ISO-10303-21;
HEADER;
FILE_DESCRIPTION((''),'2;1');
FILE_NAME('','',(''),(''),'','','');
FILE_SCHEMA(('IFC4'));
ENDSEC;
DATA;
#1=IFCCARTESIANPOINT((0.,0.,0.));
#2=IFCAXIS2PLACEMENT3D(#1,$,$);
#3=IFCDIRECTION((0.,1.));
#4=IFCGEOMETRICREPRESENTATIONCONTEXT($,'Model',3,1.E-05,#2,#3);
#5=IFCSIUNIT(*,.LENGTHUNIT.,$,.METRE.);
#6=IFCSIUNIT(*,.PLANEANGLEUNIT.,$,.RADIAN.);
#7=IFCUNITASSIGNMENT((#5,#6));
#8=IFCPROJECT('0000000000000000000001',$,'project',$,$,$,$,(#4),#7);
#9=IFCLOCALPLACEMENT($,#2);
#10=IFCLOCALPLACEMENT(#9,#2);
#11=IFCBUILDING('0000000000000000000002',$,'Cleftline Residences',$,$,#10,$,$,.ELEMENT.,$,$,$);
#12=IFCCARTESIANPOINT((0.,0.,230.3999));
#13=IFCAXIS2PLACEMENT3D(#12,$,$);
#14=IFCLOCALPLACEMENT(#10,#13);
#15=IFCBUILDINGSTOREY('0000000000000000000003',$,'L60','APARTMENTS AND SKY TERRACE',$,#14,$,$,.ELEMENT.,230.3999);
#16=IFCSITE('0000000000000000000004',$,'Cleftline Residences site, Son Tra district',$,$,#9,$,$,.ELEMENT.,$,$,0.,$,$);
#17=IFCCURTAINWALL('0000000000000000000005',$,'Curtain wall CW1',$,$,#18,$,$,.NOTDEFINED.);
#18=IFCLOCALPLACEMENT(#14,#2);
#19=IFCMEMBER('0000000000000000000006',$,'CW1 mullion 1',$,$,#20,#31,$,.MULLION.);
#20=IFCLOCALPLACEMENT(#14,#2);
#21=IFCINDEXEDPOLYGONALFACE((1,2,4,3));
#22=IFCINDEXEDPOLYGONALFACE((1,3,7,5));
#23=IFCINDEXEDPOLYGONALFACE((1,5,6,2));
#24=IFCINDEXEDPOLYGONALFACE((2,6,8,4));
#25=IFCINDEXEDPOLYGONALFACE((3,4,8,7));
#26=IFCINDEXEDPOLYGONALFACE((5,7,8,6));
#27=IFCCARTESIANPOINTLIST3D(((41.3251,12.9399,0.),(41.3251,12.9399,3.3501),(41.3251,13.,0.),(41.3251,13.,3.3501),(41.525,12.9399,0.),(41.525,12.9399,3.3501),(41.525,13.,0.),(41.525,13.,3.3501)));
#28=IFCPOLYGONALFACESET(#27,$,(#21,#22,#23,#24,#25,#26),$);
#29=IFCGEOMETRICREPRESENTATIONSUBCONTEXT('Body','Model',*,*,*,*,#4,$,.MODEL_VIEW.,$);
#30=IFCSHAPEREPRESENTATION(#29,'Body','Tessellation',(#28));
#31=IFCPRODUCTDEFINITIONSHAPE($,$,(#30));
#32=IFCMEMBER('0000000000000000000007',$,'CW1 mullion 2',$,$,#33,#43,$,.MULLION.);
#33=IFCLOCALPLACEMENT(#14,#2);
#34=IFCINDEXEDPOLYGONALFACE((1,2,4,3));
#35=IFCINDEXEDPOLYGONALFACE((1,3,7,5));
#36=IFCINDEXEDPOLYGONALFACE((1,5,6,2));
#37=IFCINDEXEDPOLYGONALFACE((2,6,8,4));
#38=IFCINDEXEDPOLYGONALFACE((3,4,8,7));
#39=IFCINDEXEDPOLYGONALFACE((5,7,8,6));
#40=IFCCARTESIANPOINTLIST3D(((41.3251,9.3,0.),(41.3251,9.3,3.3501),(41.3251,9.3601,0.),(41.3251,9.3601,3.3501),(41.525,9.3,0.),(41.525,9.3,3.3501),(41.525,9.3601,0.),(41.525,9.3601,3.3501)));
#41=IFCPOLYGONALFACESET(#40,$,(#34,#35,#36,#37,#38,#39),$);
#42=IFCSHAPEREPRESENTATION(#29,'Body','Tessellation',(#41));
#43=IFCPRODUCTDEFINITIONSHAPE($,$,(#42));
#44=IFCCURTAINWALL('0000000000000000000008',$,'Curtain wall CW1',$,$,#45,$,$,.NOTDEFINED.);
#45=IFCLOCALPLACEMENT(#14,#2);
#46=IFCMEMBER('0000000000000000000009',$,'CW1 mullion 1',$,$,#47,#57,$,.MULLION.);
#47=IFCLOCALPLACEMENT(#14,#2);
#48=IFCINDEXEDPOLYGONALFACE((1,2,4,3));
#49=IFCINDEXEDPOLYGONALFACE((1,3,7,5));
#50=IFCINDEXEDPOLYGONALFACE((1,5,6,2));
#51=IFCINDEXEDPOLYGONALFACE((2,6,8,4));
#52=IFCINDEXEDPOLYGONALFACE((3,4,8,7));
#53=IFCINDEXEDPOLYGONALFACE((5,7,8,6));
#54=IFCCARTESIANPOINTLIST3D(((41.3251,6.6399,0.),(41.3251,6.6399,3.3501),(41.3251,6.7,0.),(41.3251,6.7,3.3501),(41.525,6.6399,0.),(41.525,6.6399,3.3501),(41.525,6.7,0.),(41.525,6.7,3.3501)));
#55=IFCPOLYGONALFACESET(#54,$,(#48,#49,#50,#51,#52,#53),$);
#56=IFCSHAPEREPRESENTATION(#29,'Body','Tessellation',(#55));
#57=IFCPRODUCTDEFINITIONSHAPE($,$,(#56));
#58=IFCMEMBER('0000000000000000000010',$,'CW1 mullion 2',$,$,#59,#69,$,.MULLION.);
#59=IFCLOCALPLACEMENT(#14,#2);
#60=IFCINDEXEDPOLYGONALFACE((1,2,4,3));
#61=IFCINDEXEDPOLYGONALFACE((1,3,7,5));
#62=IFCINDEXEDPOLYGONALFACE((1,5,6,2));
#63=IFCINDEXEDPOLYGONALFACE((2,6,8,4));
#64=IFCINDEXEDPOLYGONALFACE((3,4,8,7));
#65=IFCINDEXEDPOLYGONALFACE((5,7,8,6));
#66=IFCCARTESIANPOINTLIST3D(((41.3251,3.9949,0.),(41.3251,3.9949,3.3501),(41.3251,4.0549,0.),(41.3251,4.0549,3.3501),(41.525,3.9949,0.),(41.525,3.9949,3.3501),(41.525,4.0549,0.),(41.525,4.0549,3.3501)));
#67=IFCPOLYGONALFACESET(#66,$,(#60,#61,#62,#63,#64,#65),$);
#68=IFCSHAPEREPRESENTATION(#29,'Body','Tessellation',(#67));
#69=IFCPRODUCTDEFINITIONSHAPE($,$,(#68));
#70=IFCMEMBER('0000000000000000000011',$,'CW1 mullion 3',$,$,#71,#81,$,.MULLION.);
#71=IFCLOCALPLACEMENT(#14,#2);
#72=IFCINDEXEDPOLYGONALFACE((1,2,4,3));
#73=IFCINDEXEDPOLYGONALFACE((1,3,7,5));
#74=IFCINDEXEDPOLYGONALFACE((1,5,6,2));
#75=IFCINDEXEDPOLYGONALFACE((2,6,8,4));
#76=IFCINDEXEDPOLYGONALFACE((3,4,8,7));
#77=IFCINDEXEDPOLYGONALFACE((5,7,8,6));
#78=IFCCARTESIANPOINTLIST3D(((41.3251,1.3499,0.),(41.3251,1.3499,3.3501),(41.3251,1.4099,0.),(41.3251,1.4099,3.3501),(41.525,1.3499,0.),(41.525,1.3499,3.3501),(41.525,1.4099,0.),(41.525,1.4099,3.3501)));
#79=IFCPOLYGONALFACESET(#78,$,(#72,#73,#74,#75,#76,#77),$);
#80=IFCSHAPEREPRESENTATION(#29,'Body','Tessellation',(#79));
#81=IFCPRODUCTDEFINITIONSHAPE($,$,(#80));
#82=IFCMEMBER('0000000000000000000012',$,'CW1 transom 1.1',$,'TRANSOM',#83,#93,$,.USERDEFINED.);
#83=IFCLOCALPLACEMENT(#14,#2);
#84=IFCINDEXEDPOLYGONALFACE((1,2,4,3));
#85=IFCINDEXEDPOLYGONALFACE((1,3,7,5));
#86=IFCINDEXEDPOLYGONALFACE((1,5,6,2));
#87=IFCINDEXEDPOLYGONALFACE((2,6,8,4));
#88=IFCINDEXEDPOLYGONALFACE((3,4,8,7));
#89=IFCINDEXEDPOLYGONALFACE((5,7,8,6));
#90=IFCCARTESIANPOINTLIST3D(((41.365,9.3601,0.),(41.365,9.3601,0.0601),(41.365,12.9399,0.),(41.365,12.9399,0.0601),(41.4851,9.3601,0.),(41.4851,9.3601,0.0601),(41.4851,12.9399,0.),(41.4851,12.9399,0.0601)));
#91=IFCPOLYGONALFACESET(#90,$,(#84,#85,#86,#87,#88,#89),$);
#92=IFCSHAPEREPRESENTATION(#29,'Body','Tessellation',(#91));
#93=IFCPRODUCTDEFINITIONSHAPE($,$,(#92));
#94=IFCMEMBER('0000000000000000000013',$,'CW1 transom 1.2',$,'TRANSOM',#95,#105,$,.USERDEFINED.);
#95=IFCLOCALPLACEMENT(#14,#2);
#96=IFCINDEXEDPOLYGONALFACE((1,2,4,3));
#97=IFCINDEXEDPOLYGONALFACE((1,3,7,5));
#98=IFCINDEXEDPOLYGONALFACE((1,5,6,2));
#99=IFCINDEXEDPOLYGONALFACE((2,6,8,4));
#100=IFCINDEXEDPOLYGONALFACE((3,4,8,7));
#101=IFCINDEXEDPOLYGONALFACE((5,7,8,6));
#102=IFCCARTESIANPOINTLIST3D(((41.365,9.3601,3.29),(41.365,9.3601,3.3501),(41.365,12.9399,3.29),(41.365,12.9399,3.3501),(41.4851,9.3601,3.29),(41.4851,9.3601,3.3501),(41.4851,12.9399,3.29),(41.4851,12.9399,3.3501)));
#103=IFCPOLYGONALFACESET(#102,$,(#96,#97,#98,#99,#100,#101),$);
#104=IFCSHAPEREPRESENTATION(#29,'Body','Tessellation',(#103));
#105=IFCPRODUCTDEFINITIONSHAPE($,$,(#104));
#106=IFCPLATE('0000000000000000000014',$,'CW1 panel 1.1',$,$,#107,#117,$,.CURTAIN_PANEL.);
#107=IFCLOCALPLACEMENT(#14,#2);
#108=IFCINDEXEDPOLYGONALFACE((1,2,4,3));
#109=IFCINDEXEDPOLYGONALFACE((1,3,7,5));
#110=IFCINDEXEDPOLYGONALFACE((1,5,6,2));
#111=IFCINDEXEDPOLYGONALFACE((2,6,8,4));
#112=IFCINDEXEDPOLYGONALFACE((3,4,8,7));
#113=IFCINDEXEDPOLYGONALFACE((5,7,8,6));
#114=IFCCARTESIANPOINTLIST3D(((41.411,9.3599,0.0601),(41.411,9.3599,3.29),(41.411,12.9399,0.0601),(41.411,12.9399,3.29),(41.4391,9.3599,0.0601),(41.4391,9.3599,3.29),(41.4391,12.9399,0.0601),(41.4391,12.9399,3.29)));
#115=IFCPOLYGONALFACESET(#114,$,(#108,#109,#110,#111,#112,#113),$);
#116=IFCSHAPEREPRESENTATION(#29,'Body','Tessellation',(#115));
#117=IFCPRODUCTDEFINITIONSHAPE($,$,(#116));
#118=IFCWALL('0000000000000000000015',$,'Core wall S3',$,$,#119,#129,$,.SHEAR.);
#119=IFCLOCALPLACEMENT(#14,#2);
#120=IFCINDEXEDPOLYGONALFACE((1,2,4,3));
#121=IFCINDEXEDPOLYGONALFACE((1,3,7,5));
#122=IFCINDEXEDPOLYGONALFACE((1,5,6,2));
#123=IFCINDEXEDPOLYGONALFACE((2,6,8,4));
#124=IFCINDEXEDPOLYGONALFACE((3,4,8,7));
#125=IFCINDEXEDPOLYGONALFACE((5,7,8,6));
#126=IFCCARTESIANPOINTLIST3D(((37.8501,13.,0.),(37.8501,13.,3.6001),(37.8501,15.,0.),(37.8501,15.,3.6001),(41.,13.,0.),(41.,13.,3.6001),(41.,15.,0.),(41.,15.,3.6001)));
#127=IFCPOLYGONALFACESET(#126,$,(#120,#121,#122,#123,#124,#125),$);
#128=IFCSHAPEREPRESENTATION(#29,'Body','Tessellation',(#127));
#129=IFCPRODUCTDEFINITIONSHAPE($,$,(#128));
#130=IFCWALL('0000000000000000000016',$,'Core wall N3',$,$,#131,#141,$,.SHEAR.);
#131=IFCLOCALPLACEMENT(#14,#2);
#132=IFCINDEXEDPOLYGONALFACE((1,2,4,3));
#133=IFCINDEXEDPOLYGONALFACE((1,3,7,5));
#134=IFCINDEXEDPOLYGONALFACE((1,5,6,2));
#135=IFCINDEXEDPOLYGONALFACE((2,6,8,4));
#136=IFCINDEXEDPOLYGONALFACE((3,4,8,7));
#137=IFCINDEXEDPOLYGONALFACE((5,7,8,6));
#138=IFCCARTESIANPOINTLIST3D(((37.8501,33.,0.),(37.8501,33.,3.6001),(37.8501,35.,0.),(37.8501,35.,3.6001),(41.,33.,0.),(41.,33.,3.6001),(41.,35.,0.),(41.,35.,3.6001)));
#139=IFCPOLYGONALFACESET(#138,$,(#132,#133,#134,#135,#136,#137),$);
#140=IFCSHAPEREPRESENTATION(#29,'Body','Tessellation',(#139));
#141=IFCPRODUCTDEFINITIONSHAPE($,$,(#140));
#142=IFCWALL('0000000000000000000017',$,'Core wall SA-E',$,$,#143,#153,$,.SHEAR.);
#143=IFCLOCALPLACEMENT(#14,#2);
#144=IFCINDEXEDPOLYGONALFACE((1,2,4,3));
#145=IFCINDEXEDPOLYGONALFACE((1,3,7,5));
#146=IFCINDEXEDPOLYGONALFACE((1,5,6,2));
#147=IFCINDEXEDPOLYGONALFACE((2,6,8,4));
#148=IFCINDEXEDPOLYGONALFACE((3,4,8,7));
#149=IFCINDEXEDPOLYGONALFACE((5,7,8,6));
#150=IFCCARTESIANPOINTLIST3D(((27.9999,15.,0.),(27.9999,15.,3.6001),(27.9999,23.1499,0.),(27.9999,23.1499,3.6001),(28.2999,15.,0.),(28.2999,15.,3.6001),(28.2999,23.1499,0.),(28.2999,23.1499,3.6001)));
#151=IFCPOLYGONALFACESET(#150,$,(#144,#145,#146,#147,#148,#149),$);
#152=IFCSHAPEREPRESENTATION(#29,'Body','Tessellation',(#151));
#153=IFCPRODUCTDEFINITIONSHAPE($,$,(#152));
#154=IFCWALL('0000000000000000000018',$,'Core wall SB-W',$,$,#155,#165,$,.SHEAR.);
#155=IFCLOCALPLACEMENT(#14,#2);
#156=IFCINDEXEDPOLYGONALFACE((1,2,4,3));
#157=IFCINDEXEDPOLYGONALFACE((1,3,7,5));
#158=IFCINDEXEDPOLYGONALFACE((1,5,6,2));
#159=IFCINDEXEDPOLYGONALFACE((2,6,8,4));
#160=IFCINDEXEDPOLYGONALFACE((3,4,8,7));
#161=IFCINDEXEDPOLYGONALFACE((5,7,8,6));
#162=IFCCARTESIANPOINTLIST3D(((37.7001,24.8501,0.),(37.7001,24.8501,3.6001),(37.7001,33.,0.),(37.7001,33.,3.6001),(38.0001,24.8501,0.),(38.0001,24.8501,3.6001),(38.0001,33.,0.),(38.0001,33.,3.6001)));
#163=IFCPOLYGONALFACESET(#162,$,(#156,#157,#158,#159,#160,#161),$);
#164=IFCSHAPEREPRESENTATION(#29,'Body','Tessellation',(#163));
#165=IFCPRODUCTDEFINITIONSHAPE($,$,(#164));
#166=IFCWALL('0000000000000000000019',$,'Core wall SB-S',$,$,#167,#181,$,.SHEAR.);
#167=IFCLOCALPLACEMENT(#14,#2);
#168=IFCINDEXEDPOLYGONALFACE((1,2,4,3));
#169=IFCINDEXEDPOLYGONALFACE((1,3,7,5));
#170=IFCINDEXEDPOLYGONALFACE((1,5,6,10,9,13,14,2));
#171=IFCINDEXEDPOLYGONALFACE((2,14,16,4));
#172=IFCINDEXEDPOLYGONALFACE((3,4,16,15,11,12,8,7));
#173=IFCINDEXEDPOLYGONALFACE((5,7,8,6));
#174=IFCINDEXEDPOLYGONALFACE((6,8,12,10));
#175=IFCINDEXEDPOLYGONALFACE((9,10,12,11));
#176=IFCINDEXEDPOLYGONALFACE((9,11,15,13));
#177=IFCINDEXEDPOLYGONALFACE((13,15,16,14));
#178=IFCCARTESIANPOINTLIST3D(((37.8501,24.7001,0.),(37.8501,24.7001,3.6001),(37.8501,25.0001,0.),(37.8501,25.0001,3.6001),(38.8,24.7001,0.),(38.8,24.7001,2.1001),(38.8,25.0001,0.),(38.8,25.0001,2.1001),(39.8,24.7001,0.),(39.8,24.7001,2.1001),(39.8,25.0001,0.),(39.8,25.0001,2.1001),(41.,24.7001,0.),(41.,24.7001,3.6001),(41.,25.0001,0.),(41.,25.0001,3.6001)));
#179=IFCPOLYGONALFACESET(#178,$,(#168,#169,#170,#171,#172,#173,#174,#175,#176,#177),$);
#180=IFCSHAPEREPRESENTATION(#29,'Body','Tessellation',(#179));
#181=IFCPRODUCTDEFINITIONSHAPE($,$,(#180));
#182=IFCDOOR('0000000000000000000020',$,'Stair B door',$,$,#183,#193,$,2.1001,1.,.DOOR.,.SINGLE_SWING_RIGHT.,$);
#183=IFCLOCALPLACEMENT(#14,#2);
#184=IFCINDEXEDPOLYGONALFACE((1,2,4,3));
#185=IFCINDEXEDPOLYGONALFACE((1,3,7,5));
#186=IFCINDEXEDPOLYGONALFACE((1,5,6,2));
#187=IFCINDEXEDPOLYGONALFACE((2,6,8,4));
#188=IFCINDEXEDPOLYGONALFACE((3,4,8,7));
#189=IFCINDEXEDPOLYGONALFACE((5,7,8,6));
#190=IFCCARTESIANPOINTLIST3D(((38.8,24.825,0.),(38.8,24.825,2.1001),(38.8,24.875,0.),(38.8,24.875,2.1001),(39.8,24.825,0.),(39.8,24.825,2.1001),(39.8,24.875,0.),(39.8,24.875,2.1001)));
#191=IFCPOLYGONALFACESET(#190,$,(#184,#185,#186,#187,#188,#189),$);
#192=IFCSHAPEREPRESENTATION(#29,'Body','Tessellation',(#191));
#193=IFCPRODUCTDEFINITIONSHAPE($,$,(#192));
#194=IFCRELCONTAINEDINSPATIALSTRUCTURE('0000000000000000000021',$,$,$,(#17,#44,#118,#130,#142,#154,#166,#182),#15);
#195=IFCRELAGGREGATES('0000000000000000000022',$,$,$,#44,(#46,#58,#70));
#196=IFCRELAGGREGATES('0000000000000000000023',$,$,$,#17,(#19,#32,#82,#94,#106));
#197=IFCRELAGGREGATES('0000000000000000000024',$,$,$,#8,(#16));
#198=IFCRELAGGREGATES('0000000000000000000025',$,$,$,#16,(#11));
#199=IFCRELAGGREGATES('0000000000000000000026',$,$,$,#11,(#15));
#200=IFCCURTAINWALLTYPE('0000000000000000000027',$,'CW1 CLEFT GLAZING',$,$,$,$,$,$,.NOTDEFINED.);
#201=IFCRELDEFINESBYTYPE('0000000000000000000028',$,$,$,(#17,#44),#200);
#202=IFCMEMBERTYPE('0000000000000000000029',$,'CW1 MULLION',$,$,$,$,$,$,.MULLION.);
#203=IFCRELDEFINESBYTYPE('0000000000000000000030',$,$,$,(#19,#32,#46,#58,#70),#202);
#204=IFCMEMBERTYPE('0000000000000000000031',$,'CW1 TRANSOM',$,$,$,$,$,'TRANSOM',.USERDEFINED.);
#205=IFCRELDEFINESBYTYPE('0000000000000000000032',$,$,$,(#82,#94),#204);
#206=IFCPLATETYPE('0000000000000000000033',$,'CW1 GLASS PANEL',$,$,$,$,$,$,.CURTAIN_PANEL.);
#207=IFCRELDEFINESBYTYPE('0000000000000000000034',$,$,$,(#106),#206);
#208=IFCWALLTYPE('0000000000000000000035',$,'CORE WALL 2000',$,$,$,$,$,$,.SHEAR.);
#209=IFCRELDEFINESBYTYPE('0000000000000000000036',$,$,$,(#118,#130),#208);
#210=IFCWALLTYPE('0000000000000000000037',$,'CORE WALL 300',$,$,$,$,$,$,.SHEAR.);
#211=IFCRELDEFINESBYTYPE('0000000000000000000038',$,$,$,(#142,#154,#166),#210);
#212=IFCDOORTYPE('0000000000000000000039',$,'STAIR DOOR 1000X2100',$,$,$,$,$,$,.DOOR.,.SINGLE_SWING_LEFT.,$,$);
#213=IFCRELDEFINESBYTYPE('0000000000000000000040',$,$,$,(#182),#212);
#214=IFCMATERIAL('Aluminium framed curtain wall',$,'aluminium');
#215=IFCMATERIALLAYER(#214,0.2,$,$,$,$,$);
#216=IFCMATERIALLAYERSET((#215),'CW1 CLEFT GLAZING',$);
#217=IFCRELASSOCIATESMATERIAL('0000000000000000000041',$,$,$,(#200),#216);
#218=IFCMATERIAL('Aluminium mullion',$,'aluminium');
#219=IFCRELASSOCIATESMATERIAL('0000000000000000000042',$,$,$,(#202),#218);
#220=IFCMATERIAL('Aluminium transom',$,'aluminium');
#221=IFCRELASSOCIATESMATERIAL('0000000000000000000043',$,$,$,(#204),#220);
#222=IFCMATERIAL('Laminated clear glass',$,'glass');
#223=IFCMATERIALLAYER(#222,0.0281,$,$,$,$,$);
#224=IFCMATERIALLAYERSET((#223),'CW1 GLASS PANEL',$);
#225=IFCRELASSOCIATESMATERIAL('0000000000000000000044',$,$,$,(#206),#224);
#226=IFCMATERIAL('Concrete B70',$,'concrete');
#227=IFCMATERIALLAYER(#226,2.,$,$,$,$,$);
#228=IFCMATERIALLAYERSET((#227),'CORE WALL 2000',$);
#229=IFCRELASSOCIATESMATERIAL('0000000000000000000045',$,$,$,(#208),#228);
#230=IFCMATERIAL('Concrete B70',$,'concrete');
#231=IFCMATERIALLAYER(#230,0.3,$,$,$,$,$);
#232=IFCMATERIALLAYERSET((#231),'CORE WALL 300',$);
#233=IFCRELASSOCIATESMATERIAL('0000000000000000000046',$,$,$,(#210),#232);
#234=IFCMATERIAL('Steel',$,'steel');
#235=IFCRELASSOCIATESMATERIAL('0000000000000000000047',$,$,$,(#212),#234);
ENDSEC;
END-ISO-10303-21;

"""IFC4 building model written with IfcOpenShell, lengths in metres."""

from ifc_helpers import new_model, si_unit, direction, frame, frame_2d, origin, origin_2d, place, context, subcontext, project, spatial, rectangle, extrude, material, layer, layer_set, material_profile, profile_set, type_object, element, fill, aggregate, save


model = new_model("IFC4")

# Units and contexts
model_context = context("Model", 3, precision=1e-05, world=origin(), true_north=direction((0.0, 1.0)))
body_context = subcontext(model_context, "Body", "Model", "MODEL_VIEW")
ifc_project = project(units=[si_unit("LENGTHUNIT", "METRE"), si_unit("PLANEANGLEUNIT", "RADIAN")], contexts=[model_context])

# Site, building, storey
site_placement = place(None, origin())
site = spatial("IfcSite", under=ifc_project, at=site_placement, Name="Cleftline Residences site, Son Tra district", CompositionType="ELEMENT", RefElevation=0.0)
building_placement = place(site_placement, origin())
building = spatial("IfcBuilding", under=site, at=building_placement, Name="Cleftline Residences", CompositionType="ELEMENT")
storey_placement = place(building_placement, frame((0.0, 0.0, 230.3999)))
storey = spatial("IfcBuildingStorey", under=building, at=storey_placement, Name="L60", Description="APARTMENTS AND SKY TERRACE", CompositionType="ELEMENT", Elevation=230.3999)

# Curtain walls, members
ifc_material_1 = material(Name="Aluminium framed curtain wall", Category="aluminium")
ifc_layer_1 = layer(ifc_material_1, 0.2)
ifc_layer_set_1 = layer_set([ifc_layer_1], Name="CW1 CLEFT GLAZING")
curtain_wall_type = type_object("IfcCurtainWallType", Name="CW1 CLEFT GLAZING", PredefinedType="NOTDEFINED", material=ifc_layer_set_1)
curtain_wall_1_placement = place(storey_placement, origin())
curtain_wall_1 = element("IfcCurtainWall", 1, at=curtain_wall_1_placement, inside=storey, type_object=curtain_wall_type, Name="Curtain wall CW1", PredefinedType="NOTDEFINED")
ifc_material_2 = material(Name="Aluminium mullion", Category="aluminium")
ifc_material_profile_1 = material_profile(ifc_material_2, rectangle(XDim=0.2, YDim=0.0601, at=origin_2d()))
ifc_profile_set_1 = profile_set([ifc_material_profile_1], Name="Aluminium mullion")
member_type_1 = type_object("IfcMemberType", Name="CW1 MULLION", PredefinedType="MULLION", material=ifc_profile_set_1)
member_1_placement = place(storey_placement, frame((41.425, 12.97, 0.0), z_axis=(0.0, 0.0, 1.0), x_axis=(1.0, 0.0, 0.0)))
member_1 = element("IfcMember", 2, at=member_1_placement, type_object=member_type_1, Name="CW1 mullion 1", PredefinedType="MULLION", context=body_context, shape_type="SweptSolid", body=[
    extrude(rectangle(XDim=0.2, YDim=0.0601, at=origin_2d()), origin(), (0.0, 0.0, 1.0), 3.3501),
])
member_2_placement = place(storey_placement, frame((41.425, 9.3301, 0.0), z_axis=(0.0, 0.0, 1.0), x_axis=(1.0, 0.0, 0.0)))
member_2 = element("IfcMember", 3, at=member_2_placement, type_object=member_type_1, Name="CW1 mullion 2", PredefinedType="MULLION", context=body_context, shape_type="SweptSolid", body=[
    extrude(rectangle(XDim=0.2, YDim=0.0601, at=origin_2d()), origin(), (0.0, 0.0, 1.0), 3.3501),
])
curtain_wall_2_placement = place(storey_placement, origin())
curtain_wall_2 = element("IfcCurtainWall", 4, at=curtain_wall_2_placement, inside=storey, type_object=curtain_wall_type, Name="Curtain wall CW1", PredefinedType="NOTDEFINED")
member_3_placement = place(storey_placement, frame((41.425, 6.6699, 0.0), z_axis=(0.0, 0.0, 1.0), x_axis=(1.0, 0.0, 0.0)))
member_3 = element("IfcMember", 5, at=member_3_placement, type_object=member_type_1, Name="CW1 mullion 1", PredefinedType="MULLION", context=body_context, shape_type="SweptSolid", body=[
    extrude(rectangle(XDim=0.2, YDim=0.0601, at=origin_2d()), origin(), (0.0, 0.0, 1.0), 3.3501),
])
member_4_placement = place(storey_placement, frame((41.425, 4.0249, 0.0), z_axis=(0.0, 0.0, 1.0), x_axis=(1.0, 0.0, 0.0)))
member_4 = element("IfcMember", 6, at=member_4_placement, type_object=member_type_1, Name="CW1 mullion 2", PredefinedType="MULLION", context=body_context, shape_type="SweptSolid", body=[
    extrude(rectangle(XDim=0.2, YDim=0.0601, at=origin_2d()), origin(), (0.0, 0.0, 1.0), 3.3501),
])
member_5_placement = place(storey_placement, frame((41.425, 1.3799, 0.0), z_axis=(0.0, 0.0, 1.0), x_axis=(1.0, 0.0, 0.0)))
member_5 = element("IfcMember", 7, at=member_5_placement, type_object=member_type_1, Name="CW1 mullion 3", PredefinedType="MULLION", context=body_context, shape_type="SweptSolid", body=[
    extrude(rectangle(XDim=0.2, YDim=0.0601, at=origin_2d()), origin(), (0.0, 0.0, 1.0), 3.3501),
])
aggregate(curtain_wall_2, [member_3, member_4, member_5])

# Members
ifc_material_3 = material(Name="Aluminium transom", Category="aluminium")
ifc_material_profile_2 = material_profile(ifc_material_3, rectangle(XDim=0.1201, YDim=0.0601, at=origin_2d()))
ifc_profile_set_2 = profile_set([ifc_material_profile_2], Name="Aluminium transom")
member_type_2 = type_object("IfcMemberType", Name="CW1 TRANSOM", ElementType="TRANSOM", PredefinedType="USERDEFINED", material=ifc_profile_set_2)
member_6_placement = place(storey_placement, frame((41.425, 12.9399, 0.03), z_axis=(0.0, -1.0, 0.0), x_axis=(1.0, 0.0, 0.0)))
member_6 = element("IfcMember", 8, at=member_6_placement, type_object=member_type_2, Name="CW1 transom 1.1", ObjectType="TRANSOM", PredefinedType="USERDEFINED", context=body_context, shape_type="SweptSolid", body=[
    extrude(rectangle(XDim=0.1201, YDim=0.0601, at=origin_2d()), origin(), (0.0, 0.0, 1.0), 3.5798),
])
member_7_placement = place(storey_placement, frame((41.425, 12.9399, 3.3201), z_axis=(0.0, -1.0, 0.0), x_axis=(1.0, 0.0, 0.0)))
member_7 = element("IfcMember", 9, at=member_7_placement, type_object=member_type_2, Name="CW1 transom 1.2", ObjectType="TRANSOM", PredefinedType="USERDEFINED", context=body_context, shape_type="SweptSolid", body=[
    extrude(rectangle(XDim=0.1201, YDim=0.0601, at=origin_2d()), origin(), (0.0, 0.0, 1.0), 3.5798),
])

# Plate
ifc_material_4 = material(Name="Laminated clear glass", Category="glass")
ifc_layer_2 = layer(ifc_material_4, 0.0281)
ifc_layer_set_2 = layer_set([ifc_layer_2], Name="CW1 GLASS PANEL")
plate_type = type_object("IfcPlateType", Name="CW1 GLASS PANEL", PredefinedType="CURTAIN_PANEL", material=ifc_layer_set_2)
plate_placement = place(storey_placement, frame((41.425, 11.1499, 0.0601), z_axis=(0.0, 0.0, 1.0), x_axis=(0.0, -1.0, 0.0)))
plate = element("IfcPlate", 10, at=plate_placement, type_object=plate_type, Name="CW1 panel 1.1", PredefinedType="CURTAIN_PANEL", context=body_context, shape_type="SweptSolid", body=[
    extrude(rectangle(XDim=3.5801, YDim=0.0281, at=origin_2d()), origin(), (0.0, 0.0, 1.0), 3.23),
])
aggregate(curtain_wall_1, [member_1, member_2, member_6, member_7, plate])

# Walls
ifc_material_5 = material(Name="Concrete B70", Category="concrete")
ifc_layer_3 = layer(ifc_material_5, 2.0)
ifc_layer_set_3 = layer_set([ifc_layer_3], Name="CORE WALL 2000")
wall_type_1 = type_object("IfcWallType", Name="CORE WALL 2000", PredefinedType="SHEAR", material=ifc_layer_set_3)
for number, where, z_axis, x_axis, name in (
    (11, (37.8501, 14.0, 0.0), (0.0, 0.0, 1.0), (1.0, 0.0, 0.0), "Core wall S3"),
    (12, (37.8501, 34.0, 0.0), (0.0, 0.0, 1.0), (1.0, 0.0, 0.0), "Core wall N3"),
):
    element("IfcWall", number, at=place(storey_placement, frame(where, z_axis=z_axis, x_axis=x_axis)), inside=storey, type_object=wall_type_1, Name=name, PredefinedType="SHEAR", context=body_context, shape_type="SweptSolid", body=[
        extrude(rectangle(XDim=3.1499, YDim=2.0, at=frame_2d((1.575, 0.0))), origin(), (0.0, 0.0, 1.0), 3.6001),
    ])
ifc_material_6 = material(Name="Concrete B70", Category="concrete")
ifc_layer_4 = layer(ifc_material_6, 0.3)
ifc_layer_set_4 = layer_set([ifc_layer_4], Name="CORE WALL 300")
wall_type_2 = type_object("IfcWallType", Name="CORE WALL 300", PredefinedType="SHEAR", material=ifc_layer_set_4)
for number, where, z_axis, x_axis, name in (
    (13, (28.1499, 15.0, 0.0), (0.0, 0.0, 1.0), (0.0, 1.0, 0.0), "Core wall SA-E"),
    (14, (37.8501, 24.8501, 0.0), (0.0, 0.0, 1.0), (0.0, 1.0, 0.0), "Core wall SB-W"),
):
    element("IfcWall", number, at=place(storey_placement, frame(where, z_axis=z_axis, x_axis=x_axis)), inside=storey, type_object=wall_type_2, Name=name, PredefinedType="SHEAR", context=body_context, shape_type="SweptSolid", body=[
        extrude(rectangle(XDim=8.1499, YDim=0.3, at=frame_2d((4.075, 0.0))), origin(), (0.0, 0.0, 1.0), 3.6001),
    ])

# Wall, opening, door
wall_1_placement = place(storey_placement, frame((37.8501, 24.8501, 0.0), z_axis=(0.0, 0.0, 1.0), x_axis=(1.0, 0.0, 0.0)))
wall_1 = element("IfcWall", 15, at=wall_1_placement, inside=storey, type_object=wall_type_2, Name="Core wall SB-S", PredefinedType="SHEAR", context=body_context, shape_type="SweptSolid", body=[
    extrude(rectangle(XDim=3.1499, YDim=0.3, at=frame_2d((1.575, 0.0))), origin(), (0.0, 0.0, 1.0), 3.6001),
])
opening_1_placement = place(wall_1_placement, frame((0.95, 0.0, 0.0)))
opening_1 = element("IfcOpeningElement", 16, at=opening_1_placement, cuts=wall_1, PredefinedType="OPENING", context=body_context, shape_type="SweptSolid", body=[
    extrude(rectangle(XDim=1.0, YDim=2.1001, at=frame_2d((0.5, 1.05))), frame((0.0, 0.1599, 0.0), z_axis=(0.0, -1.0, 0.0), x_axis=(1.0, 0.0, 0.0)), (0.0, 0.0, 1.0), 0.3201),
])
ifc_material_7 = material(Name="Steel", Category="steel")
door_type_1 = type_object("IfcDoorType", Name="STAIR DOOR 1000X2100", OperationType="SINGLE_SWING_LEFT", PredefinedType="DOOR", material=ifc_material_7)
door_1_placement = place(opening_1_placement, origin())
door_1 = element("IfcDoor", 17, at=door_1_placement, inside=storey, type_object=door_type_1, Name="Stair B door", OperationType="SINGLE_SWING_RIGHT", OverallHeight=2.1001, OverallWidth=1.0, PredefinedType="DOOR", context=body_context, shape_type="SweptSolid", body=[
    extrude(rectangle(XDim=1.0, YDim=2.1001, at=frame_2d((0.5, 1.05))), frame((0.0, 0.0249, 0.0), z_axis=(0.0, -1.0, 0.0), x_axis=(1.0, 0.0, 0.0)), (0.0, 0.0, 1.0), 0.05),
])
fill(opening_1, door_1)

save(model, "model.ifc")
